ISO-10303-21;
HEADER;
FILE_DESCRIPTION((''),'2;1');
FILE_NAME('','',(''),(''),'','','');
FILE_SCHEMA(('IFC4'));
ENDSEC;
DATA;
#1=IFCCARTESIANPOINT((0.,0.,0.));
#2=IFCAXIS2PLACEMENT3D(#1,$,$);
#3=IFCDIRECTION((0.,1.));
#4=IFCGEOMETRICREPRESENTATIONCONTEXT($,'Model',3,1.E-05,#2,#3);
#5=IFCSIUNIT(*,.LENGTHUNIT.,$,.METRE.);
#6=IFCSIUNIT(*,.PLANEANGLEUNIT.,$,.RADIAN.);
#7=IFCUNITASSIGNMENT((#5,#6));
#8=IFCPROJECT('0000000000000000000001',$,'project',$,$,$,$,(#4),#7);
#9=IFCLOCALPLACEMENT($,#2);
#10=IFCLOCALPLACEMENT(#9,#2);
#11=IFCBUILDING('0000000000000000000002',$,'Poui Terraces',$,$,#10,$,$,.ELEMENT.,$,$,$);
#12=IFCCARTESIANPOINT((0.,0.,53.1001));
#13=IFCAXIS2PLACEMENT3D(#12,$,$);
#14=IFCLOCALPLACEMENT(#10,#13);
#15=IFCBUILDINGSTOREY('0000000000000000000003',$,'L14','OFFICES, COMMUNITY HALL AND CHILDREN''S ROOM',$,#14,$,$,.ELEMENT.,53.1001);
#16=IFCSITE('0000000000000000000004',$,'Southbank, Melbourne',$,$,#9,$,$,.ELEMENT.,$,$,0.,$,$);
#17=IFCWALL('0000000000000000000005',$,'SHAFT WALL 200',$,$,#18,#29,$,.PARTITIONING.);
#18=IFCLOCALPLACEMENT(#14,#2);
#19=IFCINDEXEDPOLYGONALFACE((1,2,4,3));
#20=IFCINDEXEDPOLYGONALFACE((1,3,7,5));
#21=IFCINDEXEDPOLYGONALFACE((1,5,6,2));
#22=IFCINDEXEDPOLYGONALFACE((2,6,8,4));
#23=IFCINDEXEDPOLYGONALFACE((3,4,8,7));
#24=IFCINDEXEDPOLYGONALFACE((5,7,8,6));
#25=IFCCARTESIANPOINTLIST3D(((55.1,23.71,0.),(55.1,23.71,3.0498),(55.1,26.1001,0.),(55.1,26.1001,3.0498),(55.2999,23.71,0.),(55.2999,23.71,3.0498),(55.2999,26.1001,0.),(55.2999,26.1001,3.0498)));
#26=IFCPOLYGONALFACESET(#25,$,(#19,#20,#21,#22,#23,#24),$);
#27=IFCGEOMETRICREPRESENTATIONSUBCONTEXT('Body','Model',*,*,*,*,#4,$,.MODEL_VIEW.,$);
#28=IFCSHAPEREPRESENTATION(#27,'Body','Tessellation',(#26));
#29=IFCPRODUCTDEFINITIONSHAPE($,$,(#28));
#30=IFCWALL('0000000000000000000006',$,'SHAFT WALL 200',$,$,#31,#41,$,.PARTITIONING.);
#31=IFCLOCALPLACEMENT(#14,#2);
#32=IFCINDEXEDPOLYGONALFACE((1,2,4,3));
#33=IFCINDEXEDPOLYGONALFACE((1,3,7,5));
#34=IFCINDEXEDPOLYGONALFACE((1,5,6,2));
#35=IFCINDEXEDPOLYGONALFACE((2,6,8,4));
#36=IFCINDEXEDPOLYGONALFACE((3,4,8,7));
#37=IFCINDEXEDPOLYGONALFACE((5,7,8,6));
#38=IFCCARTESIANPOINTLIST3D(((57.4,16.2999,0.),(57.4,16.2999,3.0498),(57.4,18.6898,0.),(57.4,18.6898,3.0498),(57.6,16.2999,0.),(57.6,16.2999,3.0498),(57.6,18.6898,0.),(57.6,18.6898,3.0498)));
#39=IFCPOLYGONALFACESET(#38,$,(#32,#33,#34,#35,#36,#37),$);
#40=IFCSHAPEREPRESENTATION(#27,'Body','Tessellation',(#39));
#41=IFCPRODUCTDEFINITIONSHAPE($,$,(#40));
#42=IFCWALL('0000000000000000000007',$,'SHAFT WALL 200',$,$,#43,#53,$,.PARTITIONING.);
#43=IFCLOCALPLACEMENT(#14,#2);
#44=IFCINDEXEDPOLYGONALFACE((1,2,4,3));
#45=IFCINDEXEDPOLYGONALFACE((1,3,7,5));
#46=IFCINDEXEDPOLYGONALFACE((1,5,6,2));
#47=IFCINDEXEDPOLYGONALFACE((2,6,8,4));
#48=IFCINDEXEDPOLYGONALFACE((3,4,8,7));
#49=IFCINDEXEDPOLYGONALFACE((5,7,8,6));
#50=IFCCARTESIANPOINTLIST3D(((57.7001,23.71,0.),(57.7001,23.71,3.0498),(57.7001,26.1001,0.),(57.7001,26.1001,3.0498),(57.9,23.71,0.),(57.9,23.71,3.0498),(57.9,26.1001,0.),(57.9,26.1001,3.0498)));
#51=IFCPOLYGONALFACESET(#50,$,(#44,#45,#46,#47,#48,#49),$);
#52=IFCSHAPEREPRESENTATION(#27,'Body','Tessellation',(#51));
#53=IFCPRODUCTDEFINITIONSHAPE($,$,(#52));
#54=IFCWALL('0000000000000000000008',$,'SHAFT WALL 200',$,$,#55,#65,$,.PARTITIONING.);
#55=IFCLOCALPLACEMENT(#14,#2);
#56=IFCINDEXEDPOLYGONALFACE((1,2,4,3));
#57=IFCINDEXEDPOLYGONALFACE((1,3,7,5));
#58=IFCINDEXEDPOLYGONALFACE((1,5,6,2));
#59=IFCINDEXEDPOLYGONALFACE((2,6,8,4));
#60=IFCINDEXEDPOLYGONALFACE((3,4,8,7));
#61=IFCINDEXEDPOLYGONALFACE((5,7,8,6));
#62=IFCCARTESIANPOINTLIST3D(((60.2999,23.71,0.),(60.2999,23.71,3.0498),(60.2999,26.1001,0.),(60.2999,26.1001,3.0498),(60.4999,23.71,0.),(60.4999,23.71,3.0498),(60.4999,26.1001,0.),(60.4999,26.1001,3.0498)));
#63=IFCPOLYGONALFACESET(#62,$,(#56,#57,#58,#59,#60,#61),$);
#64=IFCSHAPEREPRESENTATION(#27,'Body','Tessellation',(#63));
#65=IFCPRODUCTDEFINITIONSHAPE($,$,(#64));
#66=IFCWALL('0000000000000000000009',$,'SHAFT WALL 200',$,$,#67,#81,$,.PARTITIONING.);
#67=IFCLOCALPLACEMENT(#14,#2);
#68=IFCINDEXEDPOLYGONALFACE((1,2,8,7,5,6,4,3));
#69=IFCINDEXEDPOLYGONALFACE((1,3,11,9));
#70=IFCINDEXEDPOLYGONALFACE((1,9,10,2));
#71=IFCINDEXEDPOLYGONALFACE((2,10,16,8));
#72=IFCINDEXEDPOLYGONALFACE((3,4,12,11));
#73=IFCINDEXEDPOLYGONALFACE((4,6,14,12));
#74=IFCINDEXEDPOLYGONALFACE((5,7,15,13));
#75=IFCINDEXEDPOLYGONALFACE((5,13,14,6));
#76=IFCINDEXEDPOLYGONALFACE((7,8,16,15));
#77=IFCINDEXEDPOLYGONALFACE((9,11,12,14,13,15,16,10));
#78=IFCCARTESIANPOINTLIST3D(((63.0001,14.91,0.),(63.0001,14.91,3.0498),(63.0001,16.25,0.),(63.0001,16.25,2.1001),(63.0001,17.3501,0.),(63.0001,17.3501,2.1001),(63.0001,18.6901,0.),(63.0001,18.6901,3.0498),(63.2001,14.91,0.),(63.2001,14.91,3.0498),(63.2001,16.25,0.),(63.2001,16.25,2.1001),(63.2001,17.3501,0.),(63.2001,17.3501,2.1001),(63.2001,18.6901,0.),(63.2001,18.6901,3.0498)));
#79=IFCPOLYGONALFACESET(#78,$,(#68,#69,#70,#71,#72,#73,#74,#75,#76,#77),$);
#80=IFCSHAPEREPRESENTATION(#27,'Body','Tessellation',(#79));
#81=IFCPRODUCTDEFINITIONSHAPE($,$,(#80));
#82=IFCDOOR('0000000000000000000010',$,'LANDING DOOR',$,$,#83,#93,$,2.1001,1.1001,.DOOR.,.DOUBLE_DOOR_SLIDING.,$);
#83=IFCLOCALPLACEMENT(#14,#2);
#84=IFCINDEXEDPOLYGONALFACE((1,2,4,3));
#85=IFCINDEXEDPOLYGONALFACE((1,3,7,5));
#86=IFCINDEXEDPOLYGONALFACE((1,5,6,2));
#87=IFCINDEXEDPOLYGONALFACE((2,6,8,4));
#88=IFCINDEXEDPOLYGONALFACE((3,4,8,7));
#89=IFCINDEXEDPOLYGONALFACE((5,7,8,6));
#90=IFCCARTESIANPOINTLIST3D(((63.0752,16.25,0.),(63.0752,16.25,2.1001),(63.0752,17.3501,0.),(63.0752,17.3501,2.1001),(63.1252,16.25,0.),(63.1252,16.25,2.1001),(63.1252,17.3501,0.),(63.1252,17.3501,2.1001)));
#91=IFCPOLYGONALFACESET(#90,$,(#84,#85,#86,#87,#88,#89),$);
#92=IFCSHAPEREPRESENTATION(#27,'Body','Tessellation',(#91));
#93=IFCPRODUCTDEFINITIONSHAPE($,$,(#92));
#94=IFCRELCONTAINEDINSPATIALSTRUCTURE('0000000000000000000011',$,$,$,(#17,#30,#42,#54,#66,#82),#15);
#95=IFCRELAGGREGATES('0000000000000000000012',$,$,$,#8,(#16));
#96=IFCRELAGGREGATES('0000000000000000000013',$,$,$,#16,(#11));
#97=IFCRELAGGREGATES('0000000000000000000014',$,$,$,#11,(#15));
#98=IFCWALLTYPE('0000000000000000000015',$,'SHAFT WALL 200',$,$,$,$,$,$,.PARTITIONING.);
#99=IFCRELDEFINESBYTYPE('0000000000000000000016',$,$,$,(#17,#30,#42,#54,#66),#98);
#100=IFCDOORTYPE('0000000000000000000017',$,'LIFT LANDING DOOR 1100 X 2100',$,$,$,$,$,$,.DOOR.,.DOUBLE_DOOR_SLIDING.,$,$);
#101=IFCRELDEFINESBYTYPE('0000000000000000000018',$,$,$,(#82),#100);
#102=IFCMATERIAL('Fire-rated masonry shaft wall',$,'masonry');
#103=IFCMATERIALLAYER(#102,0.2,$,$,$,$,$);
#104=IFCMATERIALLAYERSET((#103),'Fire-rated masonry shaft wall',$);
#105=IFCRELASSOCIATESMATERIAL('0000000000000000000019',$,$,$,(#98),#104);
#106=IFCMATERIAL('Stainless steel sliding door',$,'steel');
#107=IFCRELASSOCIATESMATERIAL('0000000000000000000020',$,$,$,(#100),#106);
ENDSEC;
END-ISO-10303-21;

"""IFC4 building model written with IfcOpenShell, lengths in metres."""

from ifc_helpers import new_model, si_unit, direction, frame, frame_2d, origin, place, context, subcontext, project, spatial, rectangle, extrude, material, layer, layer_set, type_object, element, fill, save


model = new_model("IFC4")

# Units and contexts
model_context = context("Model", 3, precision=1e-05, world=origin(), true_north=direction((0.0, 1.0)))
body_context = subcontext(model_context, "Body", "Model", "MODEL_VIEW")
ifc_project = project(units=[si_unit("LENGTHUNIT", "METRE"), si_unit("PLANEANGLEUNIT", "RADIAN")], contexts=[model_context])

# Site, building, storey
site_placement = place(None, origin())
site = spatial("IfcSite", under=ifc_project, at=site_placement, Name="Southbank, Melbourne", CompositionType="ELEMENT", RefElevation=0.0)
building_placement = place(site_placement, origin())
building = spatial("IfcBuilding", under=site, at=building_placement, Name="Poui Terraces", CompositionType="ELEMENT")
storey_placement = place(building_placement, frame((0.0, 0.0, 53.1001)))
storey = spatial("IfcBuildingStorey", under=building, at=storey_placement, Name="L14", Description="OFFICES, COMMUNITY HALL AND CHILDREN'S ROOM", CompositionType="ELEMENT", Elevation=53.1001)

# Walls
ifc_material_1 = material(Name="Fire-rated masonry shaft wall", Category="masonry")
ifc_layer_1 = layer(ifc_material_1, 0.2)
ifc_layer_set_1 = layer_set([ifc_layer_1], Name="Fire-rated masonry shaft wall")
wall_type_1 = type_object("IfcWallType", Name="SHAFT WALL 200", PredefinedType="PARTITIONING", material=ifc_layer_set_1)
wall_1_placement = place(storey_placement, frame((55.2, 23.71, 0.0), z_axis=(0.0, 0.0, 1.0), x_axis=(0.0, 1.0, 0.0)))
element("IfcWall", 1, at=wall_1_placement, inside=storey, type_object=wall_type_1, Name="SHAFT WALL 200", PredefinedType="PARTITIONING", context=body_context, shape_type="SweptSolid", body=[
    extrude(rectangle(XDim=2.3901, YDim=0.2, at=frame_2d((1.1951, 0.0))), origin(), (0.0, 0.0, 1.0), 3.0498),
])
wall_2_placement = place(storey_placement, frame((57.5, 16.3, 0.0), z_axis=(0.0, 0.0, 1.0), x_axis=(0.0, 1.0, 0.0)))
element("IfcWall", 2, at=wall_2_placement, inside=storey, type_object=wall_type_1, Name="SHAFT WALL 200", PredefinedType="PARTITIONING", context=body_context, shape_type="SweptSolid", body=[
    extrude(rectangle(XDim=2.3899, YDim=0.2, at=frame_2d((1.1948, 0.0))), origin(), (0.0, 0.0, 1.0), 3.0498),
])
for number, where, z_axis, x_axis, name in (
    (3, (57.8, 23.71, 0.0), (0.0, 0.0, 1.0), (0.0, 1.0, 0.0), "SHAFT WALL 200"),
    (4, (60.3999, 23.71, 0.0), (0.0, 0.0, 1.0), (0.0, 1.0, 0.0), "SHAFT WALL 200"),
):
    element("IfcWall", number, at=place(storey_placement, frame(where, z_axis=z_axis, x_axis=x_axis)), inside=storey, type_object=wall_type_1, Name=name, PredefinedType="PARTITIONING", context=body_context, shape_type="SweptSolid", body=[
        extrude(rectangle(XDim=2.3901, YDim=0.2, at=frame_2d((1.1951, 0.0))), origin(), (0.0, 0.0, 1.0), 3.0498),
    ])

# Wall, opening, door
wall_3_placement = place(storey_placement, frame((63.1001, 14.9099, 0.0), z_axis=(0.0, 0.0, 1.0), x_axis=(0.0, 1.0, 0.0)))
wall_3 = element("IfcWall", 5, at=wall_3_placement, inside=storey, type_object=wall_type_1, Name="SHAFT WALL 200", PredefinedType="PARTITIONING", context=body_context, shape_type="SweptSolid", body=[
    extrude(rectangle(XDim=3.78, YDim=0.2, at=frame_2d((1.8901, 0.0))), origin(), (0.0, 0.0, 1.0), 3.0498),
])
opening_1_placement = place(wall_3_placement, frame((1.3401, 0.0, 0.0)))
opening_1 = element("IfcOpeningElement", 6, at=opening_1_placement, cuts=wall_3, PredefinedType="OPENING", context=body_context, shape_type="SweptSolid", body=[
    extrude(rectangle(XDim=1.1001, YDim=2.1001, at=frame_2d((0.55, 1.05))), frame((0.0, 0.1099, 0.0), z_axis=(0.0, -1.0, 0.0), x_axis=(1.0, 0.0, 0.0)), (0.0, 0.0, 1.0), 0.22),
])
ifc_material_2 = material(Name="Stainless steel sliding door", Category="steel")
door_type_1 = type_object("IfcDoorType", Name="LIFT LANDING DOOR 1100 X 2100", OperationType="DOUBLE_DOOR_SLIDING", PredefinedType="DOOR", material=ifc_material_2)
door_1_placement = place(opening_1_placement, origin())
door_1 = element("IfcDoor", 7, at=door_1_placement, inside=storey, type_object=door_type_1, Name="LANDING DOOR", OperationType="DOUBLE_DOOR_SLIDING", OverallHeight=2.1001, OverallWidth=1.1001, PredefinedType="DOOR", context=body_context, shape_type="SweptSolid", body=[
    extrude(rectangle(XDim=1.1001, YDim=2.1001, at=frame_2d((0.55, 1.05))), frame((0.0, 0.0249, 0.0), z_axis=(0.0, -1.0, 0.0), x_axis=(1.0, 0.0, 0.0)), (0.0, 0.0, 1.0), 0.05),
])
fill(opening_1, door_1)

save(model, "model.ifc")
